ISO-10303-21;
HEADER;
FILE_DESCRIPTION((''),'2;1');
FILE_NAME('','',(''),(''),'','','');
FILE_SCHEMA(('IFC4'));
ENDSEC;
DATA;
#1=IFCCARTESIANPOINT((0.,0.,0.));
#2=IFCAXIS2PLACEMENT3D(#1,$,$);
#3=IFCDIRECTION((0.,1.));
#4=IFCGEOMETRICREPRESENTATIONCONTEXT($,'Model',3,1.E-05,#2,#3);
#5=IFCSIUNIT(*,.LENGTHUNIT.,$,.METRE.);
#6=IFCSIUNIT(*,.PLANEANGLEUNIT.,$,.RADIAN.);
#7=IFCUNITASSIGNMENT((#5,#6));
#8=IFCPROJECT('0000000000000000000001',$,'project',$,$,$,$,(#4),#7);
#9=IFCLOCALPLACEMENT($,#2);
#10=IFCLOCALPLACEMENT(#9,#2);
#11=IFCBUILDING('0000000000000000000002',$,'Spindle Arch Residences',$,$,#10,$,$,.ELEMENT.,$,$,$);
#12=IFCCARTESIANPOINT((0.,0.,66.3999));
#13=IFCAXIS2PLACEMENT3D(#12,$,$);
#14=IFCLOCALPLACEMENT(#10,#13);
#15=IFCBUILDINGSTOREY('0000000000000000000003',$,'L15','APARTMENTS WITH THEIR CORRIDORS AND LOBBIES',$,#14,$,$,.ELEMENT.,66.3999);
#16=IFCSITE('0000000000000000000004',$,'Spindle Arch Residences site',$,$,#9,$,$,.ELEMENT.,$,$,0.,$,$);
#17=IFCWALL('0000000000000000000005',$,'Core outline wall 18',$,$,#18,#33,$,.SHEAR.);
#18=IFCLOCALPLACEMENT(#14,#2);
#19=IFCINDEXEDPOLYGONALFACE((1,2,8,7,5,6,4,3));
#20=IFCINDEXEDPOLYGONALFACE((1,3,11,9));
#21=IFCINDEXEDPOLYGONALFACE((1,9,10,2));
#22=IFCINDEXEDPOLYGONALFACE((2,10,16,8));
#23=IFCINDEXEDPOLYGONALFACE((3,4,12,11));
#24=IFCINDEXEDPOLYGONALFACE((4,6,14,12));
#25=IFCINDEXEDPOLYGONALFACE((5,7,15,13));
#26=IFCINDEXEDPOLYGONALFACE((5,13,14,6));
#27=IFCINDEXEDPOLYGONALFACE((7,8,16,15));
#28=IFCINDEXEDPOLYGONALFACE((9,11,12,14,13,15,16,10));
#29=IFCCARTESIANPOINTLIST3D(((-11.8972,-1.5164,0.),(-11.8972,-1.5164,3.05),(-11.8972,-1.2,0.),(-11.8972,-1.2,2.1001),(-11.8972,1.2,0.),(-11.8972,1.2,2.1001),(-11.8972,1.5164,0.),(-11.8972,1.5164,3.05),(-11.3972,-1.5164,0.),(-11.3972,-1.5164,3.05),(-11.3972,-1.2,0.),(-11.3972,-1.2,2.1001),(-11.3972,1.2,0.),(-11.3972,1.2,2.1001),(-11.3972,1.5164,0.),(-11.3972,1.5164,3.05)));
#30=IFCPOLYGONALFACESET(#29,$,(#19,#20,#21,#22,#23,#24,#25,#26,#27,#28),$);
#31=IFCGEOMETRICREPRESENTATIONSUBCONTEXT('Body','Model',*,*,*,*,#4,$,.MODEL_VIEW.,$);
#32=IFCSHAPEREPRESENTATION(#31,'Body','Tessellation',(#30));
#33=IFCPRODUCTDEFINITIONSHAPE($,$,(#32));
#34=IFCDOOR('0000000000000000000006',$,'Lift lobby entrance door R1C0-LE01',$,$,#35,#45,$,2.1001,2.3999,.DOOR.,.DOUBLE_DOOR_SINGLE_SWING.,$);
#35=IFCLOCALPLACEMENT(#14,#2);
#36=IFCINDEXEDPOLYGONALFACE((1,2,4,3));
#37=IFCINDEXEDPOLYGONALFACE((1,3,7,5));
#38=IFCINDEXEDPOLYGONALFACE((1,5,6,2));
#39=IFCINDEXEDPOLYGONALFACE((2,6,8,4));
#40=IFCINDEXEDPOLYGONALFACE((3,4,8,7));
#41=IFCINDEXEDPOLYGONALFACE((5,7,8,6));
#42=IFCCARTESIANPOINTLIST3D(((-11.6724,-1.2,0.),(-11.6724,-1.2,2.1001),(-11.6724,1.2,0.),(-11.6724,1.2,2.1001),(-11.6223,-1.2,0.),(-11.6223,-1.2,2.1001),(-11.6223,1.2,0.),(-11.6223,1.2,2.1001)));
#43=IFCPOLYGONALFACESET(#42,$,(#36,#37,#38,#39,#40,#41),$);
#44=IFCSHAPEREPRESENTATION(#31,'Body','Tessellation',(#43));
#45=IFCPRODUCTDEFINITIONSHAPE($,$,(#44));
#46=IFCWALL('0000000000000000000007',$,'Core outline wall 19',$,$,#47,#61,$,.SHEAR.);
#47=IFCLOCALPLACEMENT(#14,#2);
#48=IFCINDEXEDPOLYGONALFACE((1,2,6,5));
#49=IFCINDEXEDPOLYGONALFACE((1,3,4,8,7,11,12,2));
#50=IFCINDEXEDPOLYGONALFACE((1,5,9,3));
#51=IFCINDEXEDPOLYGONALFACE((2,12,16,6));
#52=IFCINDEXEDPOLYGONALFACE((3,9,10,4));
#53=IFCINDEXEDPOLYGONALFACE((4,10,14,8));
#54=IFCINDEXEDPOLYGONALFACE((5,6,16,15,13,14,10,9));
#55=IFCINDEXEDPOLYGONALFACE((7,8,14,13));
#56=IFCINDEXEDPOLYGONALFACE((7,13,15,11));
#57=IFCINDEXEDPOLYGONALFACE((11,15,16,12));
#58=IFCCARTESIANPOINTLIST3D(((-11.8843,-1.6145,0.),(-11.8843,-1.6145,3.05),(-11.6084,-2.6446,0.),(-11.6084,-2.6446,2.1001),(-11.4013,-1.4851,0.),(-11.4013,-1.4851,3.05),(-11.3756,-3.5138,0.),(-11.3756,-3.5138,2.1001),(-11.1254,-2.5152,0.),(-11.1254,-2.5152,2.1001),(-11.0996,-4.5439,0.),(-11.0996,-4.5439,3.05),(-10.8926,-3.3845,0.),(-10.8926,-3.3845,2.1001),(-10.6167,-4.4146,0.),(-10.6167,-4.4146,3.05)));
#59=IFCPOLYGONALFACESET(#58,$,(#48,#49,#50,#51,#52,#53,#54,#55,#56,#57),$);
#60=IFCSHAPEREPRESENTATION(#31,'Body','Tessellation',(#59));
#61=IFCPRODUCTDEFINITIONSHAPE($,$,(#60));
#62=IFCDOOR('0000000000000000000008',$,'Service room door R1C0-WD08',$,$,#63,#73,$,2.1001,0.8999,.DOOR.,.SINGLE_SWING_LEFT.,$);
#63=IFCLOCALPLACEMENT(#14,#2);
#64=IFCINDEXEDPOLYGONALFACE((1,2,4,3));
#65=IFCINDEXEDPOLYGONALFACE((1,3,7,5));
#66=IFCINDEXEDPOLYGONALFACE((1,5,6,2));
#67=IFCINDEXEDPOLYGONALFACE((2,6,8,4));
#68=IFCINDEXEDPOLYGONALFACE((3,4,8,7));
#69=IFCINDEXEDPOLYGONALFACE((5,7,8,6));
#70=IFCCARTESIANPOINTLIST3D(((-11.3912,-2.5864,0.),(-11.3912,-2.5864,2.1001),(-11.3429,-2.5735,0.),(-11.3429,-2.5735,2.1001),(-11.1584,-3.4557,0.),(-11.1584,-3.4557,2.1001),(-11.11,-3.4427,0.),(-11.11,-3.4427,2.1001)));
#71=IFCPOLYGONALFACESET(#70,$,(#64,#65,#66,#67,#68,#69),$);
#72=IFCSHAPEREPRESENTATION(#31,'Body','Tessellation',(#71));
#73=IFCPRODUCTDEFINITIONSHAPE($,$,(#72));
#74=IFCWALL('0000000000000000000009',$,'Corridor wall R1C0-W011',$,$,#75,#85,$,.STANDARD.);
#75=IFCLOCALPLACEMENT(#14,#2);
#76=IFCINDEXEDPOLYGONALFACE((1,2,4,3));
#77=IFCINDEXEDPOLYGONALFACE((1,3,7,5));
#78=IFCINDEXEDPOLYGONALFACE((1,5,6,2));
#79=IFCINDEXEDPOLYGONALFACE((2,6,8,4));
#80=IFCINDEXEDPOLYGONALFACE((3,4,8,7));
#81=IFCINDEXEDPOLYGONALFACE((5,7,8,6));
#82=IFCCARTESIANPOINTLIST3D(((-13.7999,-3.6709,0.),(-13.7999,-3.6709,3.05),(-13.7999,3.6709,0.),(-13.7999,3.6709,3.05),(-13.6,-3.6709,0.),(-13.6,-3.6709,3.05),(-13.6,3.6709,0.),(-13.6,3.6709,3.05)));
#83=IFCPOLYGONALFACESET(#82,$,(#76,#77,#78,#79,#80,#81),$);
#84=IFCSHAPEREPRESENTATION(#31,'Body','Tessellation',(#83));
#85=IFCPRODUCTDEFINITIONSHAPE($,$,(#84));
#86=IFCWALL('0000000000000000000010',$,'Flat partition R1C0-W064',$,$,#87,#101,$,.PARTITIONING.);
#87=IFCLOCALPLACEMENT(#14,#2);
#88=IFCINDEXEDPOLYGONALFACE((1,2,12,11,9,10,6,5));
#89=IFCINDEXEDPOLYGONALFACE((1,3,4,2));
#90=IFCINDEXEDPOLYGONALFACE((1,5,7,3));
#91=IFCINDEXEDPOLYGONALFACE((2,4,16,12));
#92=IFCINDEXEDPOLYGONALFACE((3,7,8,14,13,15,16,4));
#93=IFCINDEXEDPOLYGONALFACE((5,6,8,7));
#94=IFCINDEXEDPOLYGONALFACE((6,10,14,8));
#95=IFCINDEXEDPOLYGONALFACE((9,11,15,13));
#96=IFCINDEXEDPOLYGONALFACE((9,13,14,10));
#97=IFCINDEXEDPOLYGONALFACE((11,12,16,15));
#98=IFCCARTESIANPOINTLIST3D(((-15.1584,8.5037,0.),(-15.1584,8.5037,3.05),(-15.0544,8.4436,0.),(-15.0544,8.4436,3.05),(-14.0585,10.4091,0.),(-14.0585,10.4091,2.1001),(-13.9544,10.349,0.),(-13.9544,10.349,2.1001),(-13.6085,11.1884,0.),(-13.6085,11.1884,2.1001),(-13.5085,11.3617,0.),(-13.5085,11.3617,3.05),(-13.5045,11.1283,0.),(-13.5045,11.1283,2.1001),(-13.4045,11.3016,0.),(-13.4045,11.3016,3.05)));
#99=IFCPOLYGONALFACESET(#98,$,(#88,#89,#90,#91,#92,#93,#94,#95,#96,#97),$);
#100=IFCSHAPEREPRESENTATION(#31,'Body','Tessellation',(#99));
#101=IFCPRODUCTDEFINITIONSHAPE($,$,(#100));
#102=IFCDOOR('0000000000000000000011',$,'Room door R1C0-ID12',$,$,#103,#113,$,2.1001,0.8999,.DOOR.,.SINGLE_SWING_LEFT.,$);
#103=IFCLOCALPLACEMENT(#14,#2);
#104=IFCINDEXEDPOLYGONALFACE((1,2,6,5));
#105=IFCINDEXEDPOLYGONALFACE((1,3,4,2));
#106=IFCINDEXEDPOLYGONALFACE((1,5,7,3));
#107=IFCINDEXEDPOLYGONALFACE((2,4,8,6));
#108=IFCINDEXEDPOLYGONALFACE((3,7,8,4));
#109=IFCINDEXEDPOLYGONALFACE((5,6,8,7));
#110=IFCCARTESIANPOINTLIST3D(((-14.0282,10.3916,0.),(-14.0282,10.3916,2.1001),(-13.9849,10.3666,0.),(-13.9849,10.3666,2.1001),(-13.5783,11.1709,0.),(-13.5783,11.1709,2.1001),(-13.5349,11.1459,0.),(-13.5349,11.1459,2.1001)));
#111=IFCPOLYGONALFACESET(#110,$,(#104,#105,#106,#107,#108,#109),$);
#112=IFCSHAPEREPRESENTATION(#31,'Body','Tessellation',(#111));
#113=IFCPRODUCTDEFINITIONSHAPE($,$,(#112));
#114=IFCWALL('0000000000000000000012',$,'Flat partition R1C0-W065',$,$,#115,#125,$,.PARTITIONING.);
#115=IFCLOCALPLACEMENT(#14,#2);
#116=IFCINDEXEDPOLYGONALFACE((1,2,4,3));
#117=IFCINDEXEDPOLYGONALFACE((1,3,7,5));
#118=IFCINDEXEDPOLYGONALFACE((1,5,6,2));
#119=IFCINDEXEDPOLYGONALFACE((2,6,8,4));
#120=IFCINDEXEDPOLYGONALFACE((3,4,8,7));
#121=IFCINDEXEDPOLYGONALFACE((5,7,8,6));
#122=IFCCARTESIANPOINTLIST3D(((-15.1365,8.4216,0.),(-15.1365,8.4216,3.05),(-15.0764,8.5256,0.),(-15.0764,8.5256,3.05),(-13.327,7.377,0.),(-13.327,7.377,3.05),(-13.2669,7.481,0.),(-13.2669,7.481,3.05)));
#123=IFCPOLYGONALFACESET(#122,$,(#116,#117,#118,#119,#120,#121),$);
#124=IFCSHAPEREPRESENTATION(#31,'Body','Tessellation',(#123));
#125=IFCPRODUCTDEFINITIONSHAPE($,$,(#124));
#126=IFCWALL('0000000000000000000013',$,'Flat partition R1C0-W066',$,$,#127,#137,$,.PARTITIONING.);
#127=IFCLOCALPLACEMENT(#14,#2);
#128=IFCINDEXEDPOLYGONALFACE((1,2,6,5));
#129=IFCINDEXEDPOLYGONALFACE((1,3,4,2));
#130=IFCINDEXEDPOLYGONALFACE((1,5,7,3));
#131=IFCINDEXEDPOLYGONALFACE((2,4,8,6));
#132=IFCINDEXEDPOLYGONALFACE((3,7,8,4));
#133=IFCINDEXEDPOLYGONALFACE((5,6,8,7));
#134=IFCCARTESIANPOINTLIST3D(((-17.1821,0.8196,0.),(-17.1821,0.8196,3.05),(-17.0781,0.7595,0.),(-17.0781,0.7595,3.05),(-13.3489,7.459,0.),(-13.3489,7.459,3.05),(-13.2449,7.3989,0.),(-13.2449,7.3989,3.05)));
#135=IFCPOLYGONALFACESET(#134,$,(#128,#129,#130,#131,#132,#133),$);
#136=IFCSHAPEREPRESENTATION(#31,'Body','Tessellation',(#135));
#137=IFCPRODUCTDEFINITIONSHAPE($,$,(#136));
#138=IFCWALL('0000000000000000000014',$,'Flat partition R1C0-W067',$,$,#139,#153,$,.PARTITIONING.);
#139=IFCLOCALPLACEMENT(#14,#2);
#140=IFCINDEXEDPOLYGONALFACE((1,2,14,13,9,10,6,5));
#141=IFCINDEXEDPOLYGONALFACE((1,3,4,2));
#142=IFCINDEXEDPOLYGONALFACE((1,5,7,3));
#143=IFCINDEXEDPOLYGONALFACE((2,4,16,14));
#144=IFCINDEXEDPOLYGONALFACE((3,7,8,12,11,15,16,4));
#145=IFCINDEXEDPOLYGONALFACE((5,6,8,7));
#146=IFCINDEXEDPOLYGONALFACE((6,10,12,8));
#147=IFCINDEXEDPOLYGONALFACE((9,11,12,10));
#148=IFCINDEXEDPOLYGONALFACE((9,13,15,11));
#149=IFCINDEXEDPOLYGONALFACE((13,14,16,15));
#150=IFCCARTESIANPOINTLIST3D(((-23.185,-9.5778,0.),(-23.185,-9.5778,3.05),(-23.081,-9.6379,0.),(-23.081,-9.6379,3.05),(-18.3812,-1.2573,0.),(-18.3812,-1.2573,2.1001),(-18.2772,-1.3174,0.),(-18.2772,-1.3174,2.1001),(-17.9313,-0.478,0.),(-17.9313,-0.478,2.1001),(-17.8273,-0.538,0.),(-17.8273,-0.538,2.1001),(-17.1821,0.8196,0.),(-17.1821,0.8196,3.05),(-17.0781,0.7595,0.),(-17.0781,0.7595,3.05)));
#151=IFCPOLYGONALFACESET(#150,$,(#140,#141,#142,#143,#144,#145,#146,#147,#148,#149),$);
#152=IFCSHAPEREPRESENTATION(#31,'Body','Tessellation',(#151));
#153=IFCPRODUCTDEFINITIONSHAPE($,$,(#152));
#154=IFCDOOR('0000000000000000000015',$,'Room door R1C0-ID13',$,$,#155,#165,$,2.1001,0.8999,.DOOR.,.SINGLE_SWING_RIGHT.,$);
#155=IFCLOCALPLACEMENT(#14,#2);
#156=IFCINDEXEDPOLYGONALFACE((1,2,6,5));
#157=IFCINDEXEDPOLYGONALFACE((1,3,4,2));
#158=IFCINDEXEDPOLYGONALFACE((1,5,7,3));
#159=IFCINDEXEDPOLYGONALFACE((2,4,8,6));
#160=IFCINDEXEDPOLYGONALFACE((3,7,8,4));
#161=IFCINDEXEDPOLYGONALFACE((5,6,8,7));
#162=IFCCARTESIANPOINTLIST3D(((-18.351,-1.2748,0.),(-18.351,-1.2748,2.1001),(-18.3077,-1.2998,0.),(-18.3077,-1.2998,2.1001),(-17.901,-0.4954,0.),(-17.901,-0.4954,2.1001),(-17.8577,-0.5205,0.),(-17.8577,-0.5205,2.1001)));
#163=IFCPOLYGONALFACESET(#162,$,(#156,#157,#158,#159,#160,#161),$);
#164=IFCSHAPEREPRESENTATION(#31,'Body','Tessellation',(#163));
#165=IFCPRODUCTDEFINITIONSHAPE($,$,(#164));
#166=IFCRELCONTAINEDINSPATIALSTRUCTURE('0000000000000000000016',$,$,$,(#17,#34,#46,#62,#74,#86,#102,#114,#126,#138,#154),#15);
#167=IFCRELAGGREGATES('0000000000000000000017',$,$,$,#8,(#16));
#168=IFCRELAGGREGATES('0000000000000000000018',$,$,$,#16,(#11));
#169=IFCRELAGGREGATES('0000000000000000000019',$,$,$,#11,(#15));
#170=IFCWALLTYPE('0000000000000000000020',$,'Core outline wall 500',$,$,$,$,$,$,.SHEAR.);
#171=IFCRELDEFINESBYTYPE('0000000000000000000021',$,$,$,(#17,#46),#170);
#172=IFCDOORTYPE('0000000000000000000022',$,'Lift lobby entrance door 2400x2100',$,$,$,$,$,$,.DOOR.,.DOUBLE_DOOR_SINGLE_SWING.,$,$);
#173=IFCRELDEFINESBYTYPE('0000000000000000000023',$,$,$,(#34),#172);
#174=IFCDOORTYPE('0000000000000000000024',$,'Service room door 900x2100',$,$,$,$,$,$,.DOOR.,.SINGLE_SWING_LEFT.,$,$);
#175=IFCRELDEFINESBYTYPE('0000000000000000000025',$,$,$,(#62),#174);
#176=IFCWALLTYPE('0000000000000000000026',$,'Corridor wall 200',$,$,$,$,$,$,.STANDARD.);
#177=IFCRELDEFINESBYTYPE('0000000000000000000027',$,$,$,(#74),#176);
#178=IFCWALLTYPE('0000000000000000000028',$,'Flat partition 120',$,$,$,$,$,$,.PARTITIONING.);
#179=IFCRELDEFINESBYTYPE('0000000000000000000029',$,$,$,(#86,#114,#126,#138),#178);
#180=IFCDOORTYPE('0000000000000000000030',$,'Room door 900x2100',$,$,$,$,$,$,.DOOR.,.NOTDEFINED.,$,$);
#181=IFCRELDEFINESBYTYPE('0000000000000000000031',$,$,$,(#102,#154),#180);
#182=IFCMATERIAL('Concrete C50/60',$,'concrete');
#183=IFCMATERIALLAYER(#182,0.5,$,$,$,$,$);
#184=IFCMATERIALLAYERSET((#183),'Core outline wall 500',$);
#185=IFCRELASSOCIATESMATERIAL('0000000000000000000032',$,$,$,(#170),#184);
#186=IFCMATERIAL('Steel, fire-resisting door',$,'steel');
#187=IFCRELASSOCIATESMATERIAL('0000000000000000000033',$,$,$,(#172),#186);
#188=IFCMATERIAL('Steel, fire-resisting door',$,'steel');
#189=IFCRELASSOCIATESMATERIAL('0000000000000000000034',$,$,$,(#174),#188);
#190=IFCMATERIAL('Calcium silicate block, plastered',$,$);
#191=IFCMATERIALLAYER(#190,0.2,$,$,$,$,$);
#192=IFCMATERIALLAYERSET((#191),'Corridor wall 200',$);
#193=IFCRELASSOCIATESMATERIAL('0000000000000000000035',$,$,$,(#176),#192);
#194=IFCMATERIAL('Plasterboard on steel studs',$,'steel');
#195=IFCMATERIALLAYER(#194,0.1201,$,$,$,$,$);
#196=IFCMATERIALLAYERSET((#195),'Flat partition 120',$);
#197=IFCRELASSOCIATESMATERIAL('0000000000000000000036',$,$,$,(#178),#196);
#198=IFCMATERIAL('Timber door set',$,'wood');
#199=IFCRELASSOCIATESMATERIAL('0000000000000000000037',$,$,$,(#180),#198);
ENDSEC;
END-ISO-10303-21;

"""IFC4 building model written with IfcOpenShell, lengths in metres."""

from ifc_helpers import new_model, si_unit, direction, frame, frame_2d, origin, place, context, subcontext, project, spatial, rectangle, extrude, material, layer, layer_set, type_object, element, fill, save


model = new_model("IFC4")

# Units and contexts
model_context = context("Model", 3, precision=1e-05, world=origin(), true_north=direction((0.0, 1.0)))
body_context = subcontext(model_context, "Body", "Model", "MODEL_VIEW")
ifc_project = project(units=[si_unit("LENGTHUNIT", "METRE"), si_unit("PLANEANGLEUNIT", "RADIAN")], contexts=[model_context])

# Site, building, storey
site_placement = place(None, origin())
site = spatial("IfcSite", under=ifc_project, at=site_placement, Name="Spindle Arch Residences site", CompositionType="ELEMENT", RefElevation=0.0)
building_placement = place(site_placement, origin())
building = spatial("IfcBuilding", under=site, at=building_placement, Name="Spindle Arch Residences", CompositionType="ELEMENT")
storey_placement = place(building_placement, frame((0.0, 0.0, 66.3999)))
storey = spatial("IfcBuildingStorey", under=building, at=storey_placement, Name="L15", Description="APARTMENTS WITH THEIR CORRIDORS AND LOBBIES", CompositionType="ELEMENT", Elevation=66.3999)

# Walls, openings, doors
ifc_material_1 = material(Name="Concrete C50/60", Category="concrete")
ifc_layer_1 = layer(ifc_material_1, 0.5)
ifc_layer_set_1 = layer_set([ifc_layer_1], Name="Core outline wall 500")
wall_type_1 = type_object("IfcWallType", Name="Core outline wall 500", PredefinedType="SHEAR", material=ifc_layer_set_1)
wall_1_placement = place(storey_placement, frame((-11.6472, 1.5164, 0.0), z_axis=(0.0, 0.0, 1.0), x_axis=(0.0, -1.0, 0.0)))
wall_1 = element("IfcWall", 1, at=wall_1_placement, inside=storey, type_object=wall_type_1, Name="Core outline wall 18", PredefinedType="SHEAR", context=body_context, shape_type="SweptSolid", body=[
    extrude(rectangle(XDim=3.0327, YDim=0.5, at=frame_2d((1.5164, 0.0))), origin(), (0.0, 0.0, 1.0), 3.05),
])
opening_1_placement = place(wall_1_placement, frame((0.3164, 0.0, 0.0)))
opening_1 = element("IfcOpeningElement", 2, at=opening_1_placement, cuts=wall_1, PredefinedType="OPENING", context=body_context, shape_type="SweptSolid", body=[
    extrude(rectangle(XDim=2.3999, YDim=2.1001, at=frame_2d((1.2, 1.05))), frame((0.0, 0.26, 0.0), z_axis=(0.0, -1.0, 0.0), x_axis=(1.0, 0.0, 0.0)), (0.0, 0.0, 1.0), 0.52),
])
ifc_material_2 = material(Name="Steel, fire-resisting door", Category="steel")
door_type_1 = type_object("IfcDoorType", Name="Lift lobby entrance door 2400x2100", OperationType="DOUBLE_DOOR_SINGLE_SWING", PredefinedType="DOOR", material=ifc_material_2)
door_1_placement = place(opening_1_placement, origin())
door_1 = element("IfcDoor", 3, at=door_1_placement, inside=storey, type_object=door_type_1, Name="Lift lobby entrance door R1C0-LE01", OperationType="DOUBLE_DOOR_SINGLE_SWING", OverallHeight=2.1001, OverallWidth=2.3999, PredefinedType="DOOR", context=body_context, shape_type="SweptSolid", body=[
    extrude(rectangle(XDim=2.3999, YDim=2.1001, at=frame_2d((1.2, 1.05))), frame((0.0, 0.0249, 0.0), z_axis=(0.0, -1.0, 0.0), x_axis=(1.0, 0.0, 0.0)), (0.0, 0.0, 1.0), 0.05),
])
fill(opening_1, door_1)
wall_2_placement = place(storey_placement, frame((-11.6428, -1.5498, 0.0), z_axis=(0.0, 0.0, 1.0), x_axis=(0.258735, -0.965948, 0.0)))
wall_2 = element("IfcWall", 4, at=wall_2_placement, inside=storey, type_object=wall_type_1, Name="Core outline wall 19", PredefinedType="SHEAR", context=body_context, shape_type="SweptSolid", body=[
    extrude(rectangle(XDim=3.0327, YDim=0.5, at=frame_2d((1.5164, 0.0))), origin(), (0.0, 0.0, 1.0), 3.05),
])
opening_2_placement = place(wall_2_placement, frame((1.0664, 0.0, 0.0)))
opening_2 = element("IfcOpeningElement", 5, at=opening_2_placement, cuts=wall_2, PredefinedType="OPENING", context=body_context, shape_type="SweptSolid", body=[
    extrude(rectangle(XDim=0.8999, YDim=2.1001, at=frame_2d((0.45, 1.05))), frame((0.0, 0.26, 0.0), z_axis=(0.0, -1.0, 0.0), x_axis=(1.0, 0.0, 0.0)), (0.0, 0.0, 1.0), 0.52),
])
ifc_material_3 = material(Name="Steel, fire-resisting door", Category="steel")
door_type_2 = type_object("IfcDoorType", Name="Service room door 900x2100", OperationType="SINGLE_SWING_LEFT", PredefinedType="DOOR", material=ifc_material_3)
door_2_placement = place(opening_2_placement, origin())
door_2 = element("IfcDoor", 6, at=door_2_placement, inside=storey, type_object=door_type_2, Name="Service room door R1C0-WD08", OperationType="SINGLE_SWING_LEFT", OverallHeight=2.1001, OverallWidth=0.8999, PredefinedType="DOOR", context=body_context, shape_type="SweptSolid", body=[
    extrude(rectangle(XDim=0.8999, YDim=2.1001, at=frame_2d((0.45, 1.05))), frame((0.0, 0.0249, 0.0), z_axis=(0.0, -1.0, 0.0), x_axis=(1.0, 0.0, 0.0)), (0.0, 0.0, 1.0), 0.05),
])
fill(opening_2, door_2)

# Wall
ifc_material_4 = material(Name="Calcium silicate block, plastered")
ifc_layer_2 = layer(ifc_material_4, 0.2)
ifc_layer_set_2 = layer_set([ifc_layer_2], Name="Corridor wall 200")
wall_type_2 = type_object("IfcWallType", Name="Corridor wall 200", PredefinedType="STANDARD", material=ifc_layer_set_2)
wall_3_placement = place(storey_placement, frame((-13.7, 3.6709, 0.0), z_axis=(0.0, 0.0, 1.0), x_axis=(0.0, -1.0, 0.0)))
element("IfcWall", 7, at=wall_3_placement, inside=storey, type_object=wall_type_2, Name="Corridor wall R1C0-W011", PredefinedType="STANDARD", context=body_context, shape_type="SweptSolid", body=[
    extrude(rectangle(XDim=7.3418, YDim=0.2, at=frame_2d((3.6709, 0.0))), origin(), (0.0, 0.0, 1.0), 3.05),
])

# Wall, opening, door
ifc_material_5 = material(Name="Plasterboard on steel studs", Category="steel")
ifc_layer_3 = layer(ifc_material_5, 0.1201)
ifc_layer_set_3 = layer_set([ifc_layer_3], Name="Flat partition 120")
wall_type_3 = type_object("IfcWallType", Name="Flat partition 120", PredefinedType="PARTITIONING", material=ifc_layer_set_3)
wall_4_placement = place(storey_placement, frame((-13.4565, 11.3315, 0.0), z_axis=(0.0, 0.0, 1.0), x_axis=(-0.499974, -0.86604, 0.0)))
wall_4 = element("IfcWall", 8, at=wall_4_placement, inside=storey, type_object=wall_type_3, Name="Flat partition R1C0-W064", PredefinedType="PARTITIONING", context=body_context, shape_type="SweptSolid", body=[
    extrude(rectangle(XDim=3.3, YDim=0.1201, at=frame_2d((1.6499, 0.0))), origin(), (0.0, 0.0, 1.0), 3.05),
])
opening_3_placement = place(wall_4_placement, frame((0.2, 0.0, 0.0)))
opening_3 = element("IfcOpeningElement", 9, at=opening_3_placement, cuts=wall_4, PredefinedType="OPENING", context=body_context, shape_type="SweptSolid", body=[
    extrude(rectangle(XDim=0.8999, YDim=2.1001, at=frame_2d((0.45, 1.05))), frame((0.0, 0.0701, 0.0), z_axis=(0.0, -1.0, 0.0), x_axis=(1.0, 0.0, 0.0)), (0.0, 0.0, 1.0), 0.1401),
])
ifc_material_6 = material(Name="Timber door set", Category="wood")
door_type_3 = type_object("IfcDoorType", Name="Room door 900x2100", OperationType="NOTDEFINED", PredefinedType="DOOR", material=ifc_material_6)
door_3_placement = place(opening_3_placement, origin())
door_3 = element("IfcDoor", 10, at=door_3_placement, inside=storey, type_object=door_type_3, Name="Room door R1C0-ID12", OperationType="SINGLE_SWING_LEFT", OverallHeight=2.1001, OverallWidth=0.8999, PredefinedType="DOOR", context=body_context, shape_type="SweptSolid", body=[
    extrude(rectangle(XDim=0.8999, YDim=2.1001, at=frame_2d((0.45, 1.05))), frame((0.0, 0.0249, 0.0), z_axis=(0.0, -1.0, 0.0), x_axis=(1.0, 0.0, 0.0)), (0.0, 0.0, 1.0), 0.05),
])
fill(opening_3, door_3)

# Walls
wall_5_placement = place(storey_placement, frame((-15.1064, 8.4736, 0.0), z_axis=(0.0, 0.0, 1.0), x_axis=(0.866042, -0.499972, 0.0)))
element("IfcWall", 11, at=wall_5_placement, inside=storey, type_object=wall_type_3, Name="Flat partition R1C0-W065", PredefinedType="PARTITIONING", context=body_context, shape_type="SweptSolid", body=[
    extrude(rectangle(XDim=2.0894, YDim=0.1201, at=frame_2d((1.0447, 0.0))), origin(), (0.0, 0.0, 1.0), 3.05),
])
wall_6_placement = place(storey_placement, frame((-13.2969, 7.429, 0.0), z_axis=(0.0, 0.0, 1.0), x_axis=(-0.499999, -0.866026, 0.0)))
element("IfcWall", 12, at=wall_6_placement, inside=storey, type_object=wall_type_3, Name="Flat partition R1C0-W066", PredefinedType="PARTITIONING", context=body_context, shape_type="SweptSolid", body=[
    extrude(rectangle(XDim=7.6665, YDim=0.1201, at=frame_2d((3.8333, 0.0))), origin(), (0.0, 0.0, 1.0), 3.05),
])

# Wall, opening, door
wall_7_placement = place(storey_placement, frame((-17.1301, 0.7896, 0.0), z_axis=(0.0, 0.0, 1.0), x_axis=(-0.499997, -0.866027, 0.0)))
wall_7 = element("IfcWall", 13, at=wall_7_placement, inside=storey, type_object=wall_type_3, Name="Flat partition R1C0-W067", PredefinedType="PARTITIONING", context=body_context, shape_type="SweptSolid", body=[
    extrude(rectangle(XDim=12.0059, YDim=0.1201, at=frame_2d((6.0029, 0.0))), origin(), (0.0, 0.0, 1.0), 3.05),
])
opening_4_placement = place(wall_7_placement, frame((1.4983, 0.0, 0.0)))
opening_4 = element("IfcOpeningElement", 14, at=opening_4_placement, cuts=wall_7, PredefinedType="OPENING", context=body_context, shape_type="SweptSolid", body=[
    extrude(rectangle(XDim=0.8999, YDim=2.1001, at=frame_2d((0.45, 1.05))), frame((0.0, 0.0701, 0.0), z_axis=(0.0, -1.0, 0.0), x_axis=(1.0, 0.0, 0.0)), (0.0, 0.0, 1.0), 0.1401),
])
door_4_placement = place(opening_4_placement, origin())
door_4 = element("IfcDoor", 15, at=door_4_placement, inside=storey, type_object=door_type_3, Name="Room door R1C0-ID13", OperationType="SINGLE_SWING_RIGHT", OverallHeight=2.1001, OverallWidth=0.8999, PredefinedType="DOOR", context=body_context, shape_type="SweptSolid", body=[
    extrude(rectangle(XDim=0.8999, YDim=2.1001, at=frame_2d((0.45, 1.05))), frame((0.0, 0.0249, 0.0), z_axis=(0.0, -1.0, 0.0), x_axis=(1.0, 0.0, 0.0)), (0.0, 0.0, 1.0), 0.05),
])
fill(opening_4, door_4)

save(model, "model.ifc")
